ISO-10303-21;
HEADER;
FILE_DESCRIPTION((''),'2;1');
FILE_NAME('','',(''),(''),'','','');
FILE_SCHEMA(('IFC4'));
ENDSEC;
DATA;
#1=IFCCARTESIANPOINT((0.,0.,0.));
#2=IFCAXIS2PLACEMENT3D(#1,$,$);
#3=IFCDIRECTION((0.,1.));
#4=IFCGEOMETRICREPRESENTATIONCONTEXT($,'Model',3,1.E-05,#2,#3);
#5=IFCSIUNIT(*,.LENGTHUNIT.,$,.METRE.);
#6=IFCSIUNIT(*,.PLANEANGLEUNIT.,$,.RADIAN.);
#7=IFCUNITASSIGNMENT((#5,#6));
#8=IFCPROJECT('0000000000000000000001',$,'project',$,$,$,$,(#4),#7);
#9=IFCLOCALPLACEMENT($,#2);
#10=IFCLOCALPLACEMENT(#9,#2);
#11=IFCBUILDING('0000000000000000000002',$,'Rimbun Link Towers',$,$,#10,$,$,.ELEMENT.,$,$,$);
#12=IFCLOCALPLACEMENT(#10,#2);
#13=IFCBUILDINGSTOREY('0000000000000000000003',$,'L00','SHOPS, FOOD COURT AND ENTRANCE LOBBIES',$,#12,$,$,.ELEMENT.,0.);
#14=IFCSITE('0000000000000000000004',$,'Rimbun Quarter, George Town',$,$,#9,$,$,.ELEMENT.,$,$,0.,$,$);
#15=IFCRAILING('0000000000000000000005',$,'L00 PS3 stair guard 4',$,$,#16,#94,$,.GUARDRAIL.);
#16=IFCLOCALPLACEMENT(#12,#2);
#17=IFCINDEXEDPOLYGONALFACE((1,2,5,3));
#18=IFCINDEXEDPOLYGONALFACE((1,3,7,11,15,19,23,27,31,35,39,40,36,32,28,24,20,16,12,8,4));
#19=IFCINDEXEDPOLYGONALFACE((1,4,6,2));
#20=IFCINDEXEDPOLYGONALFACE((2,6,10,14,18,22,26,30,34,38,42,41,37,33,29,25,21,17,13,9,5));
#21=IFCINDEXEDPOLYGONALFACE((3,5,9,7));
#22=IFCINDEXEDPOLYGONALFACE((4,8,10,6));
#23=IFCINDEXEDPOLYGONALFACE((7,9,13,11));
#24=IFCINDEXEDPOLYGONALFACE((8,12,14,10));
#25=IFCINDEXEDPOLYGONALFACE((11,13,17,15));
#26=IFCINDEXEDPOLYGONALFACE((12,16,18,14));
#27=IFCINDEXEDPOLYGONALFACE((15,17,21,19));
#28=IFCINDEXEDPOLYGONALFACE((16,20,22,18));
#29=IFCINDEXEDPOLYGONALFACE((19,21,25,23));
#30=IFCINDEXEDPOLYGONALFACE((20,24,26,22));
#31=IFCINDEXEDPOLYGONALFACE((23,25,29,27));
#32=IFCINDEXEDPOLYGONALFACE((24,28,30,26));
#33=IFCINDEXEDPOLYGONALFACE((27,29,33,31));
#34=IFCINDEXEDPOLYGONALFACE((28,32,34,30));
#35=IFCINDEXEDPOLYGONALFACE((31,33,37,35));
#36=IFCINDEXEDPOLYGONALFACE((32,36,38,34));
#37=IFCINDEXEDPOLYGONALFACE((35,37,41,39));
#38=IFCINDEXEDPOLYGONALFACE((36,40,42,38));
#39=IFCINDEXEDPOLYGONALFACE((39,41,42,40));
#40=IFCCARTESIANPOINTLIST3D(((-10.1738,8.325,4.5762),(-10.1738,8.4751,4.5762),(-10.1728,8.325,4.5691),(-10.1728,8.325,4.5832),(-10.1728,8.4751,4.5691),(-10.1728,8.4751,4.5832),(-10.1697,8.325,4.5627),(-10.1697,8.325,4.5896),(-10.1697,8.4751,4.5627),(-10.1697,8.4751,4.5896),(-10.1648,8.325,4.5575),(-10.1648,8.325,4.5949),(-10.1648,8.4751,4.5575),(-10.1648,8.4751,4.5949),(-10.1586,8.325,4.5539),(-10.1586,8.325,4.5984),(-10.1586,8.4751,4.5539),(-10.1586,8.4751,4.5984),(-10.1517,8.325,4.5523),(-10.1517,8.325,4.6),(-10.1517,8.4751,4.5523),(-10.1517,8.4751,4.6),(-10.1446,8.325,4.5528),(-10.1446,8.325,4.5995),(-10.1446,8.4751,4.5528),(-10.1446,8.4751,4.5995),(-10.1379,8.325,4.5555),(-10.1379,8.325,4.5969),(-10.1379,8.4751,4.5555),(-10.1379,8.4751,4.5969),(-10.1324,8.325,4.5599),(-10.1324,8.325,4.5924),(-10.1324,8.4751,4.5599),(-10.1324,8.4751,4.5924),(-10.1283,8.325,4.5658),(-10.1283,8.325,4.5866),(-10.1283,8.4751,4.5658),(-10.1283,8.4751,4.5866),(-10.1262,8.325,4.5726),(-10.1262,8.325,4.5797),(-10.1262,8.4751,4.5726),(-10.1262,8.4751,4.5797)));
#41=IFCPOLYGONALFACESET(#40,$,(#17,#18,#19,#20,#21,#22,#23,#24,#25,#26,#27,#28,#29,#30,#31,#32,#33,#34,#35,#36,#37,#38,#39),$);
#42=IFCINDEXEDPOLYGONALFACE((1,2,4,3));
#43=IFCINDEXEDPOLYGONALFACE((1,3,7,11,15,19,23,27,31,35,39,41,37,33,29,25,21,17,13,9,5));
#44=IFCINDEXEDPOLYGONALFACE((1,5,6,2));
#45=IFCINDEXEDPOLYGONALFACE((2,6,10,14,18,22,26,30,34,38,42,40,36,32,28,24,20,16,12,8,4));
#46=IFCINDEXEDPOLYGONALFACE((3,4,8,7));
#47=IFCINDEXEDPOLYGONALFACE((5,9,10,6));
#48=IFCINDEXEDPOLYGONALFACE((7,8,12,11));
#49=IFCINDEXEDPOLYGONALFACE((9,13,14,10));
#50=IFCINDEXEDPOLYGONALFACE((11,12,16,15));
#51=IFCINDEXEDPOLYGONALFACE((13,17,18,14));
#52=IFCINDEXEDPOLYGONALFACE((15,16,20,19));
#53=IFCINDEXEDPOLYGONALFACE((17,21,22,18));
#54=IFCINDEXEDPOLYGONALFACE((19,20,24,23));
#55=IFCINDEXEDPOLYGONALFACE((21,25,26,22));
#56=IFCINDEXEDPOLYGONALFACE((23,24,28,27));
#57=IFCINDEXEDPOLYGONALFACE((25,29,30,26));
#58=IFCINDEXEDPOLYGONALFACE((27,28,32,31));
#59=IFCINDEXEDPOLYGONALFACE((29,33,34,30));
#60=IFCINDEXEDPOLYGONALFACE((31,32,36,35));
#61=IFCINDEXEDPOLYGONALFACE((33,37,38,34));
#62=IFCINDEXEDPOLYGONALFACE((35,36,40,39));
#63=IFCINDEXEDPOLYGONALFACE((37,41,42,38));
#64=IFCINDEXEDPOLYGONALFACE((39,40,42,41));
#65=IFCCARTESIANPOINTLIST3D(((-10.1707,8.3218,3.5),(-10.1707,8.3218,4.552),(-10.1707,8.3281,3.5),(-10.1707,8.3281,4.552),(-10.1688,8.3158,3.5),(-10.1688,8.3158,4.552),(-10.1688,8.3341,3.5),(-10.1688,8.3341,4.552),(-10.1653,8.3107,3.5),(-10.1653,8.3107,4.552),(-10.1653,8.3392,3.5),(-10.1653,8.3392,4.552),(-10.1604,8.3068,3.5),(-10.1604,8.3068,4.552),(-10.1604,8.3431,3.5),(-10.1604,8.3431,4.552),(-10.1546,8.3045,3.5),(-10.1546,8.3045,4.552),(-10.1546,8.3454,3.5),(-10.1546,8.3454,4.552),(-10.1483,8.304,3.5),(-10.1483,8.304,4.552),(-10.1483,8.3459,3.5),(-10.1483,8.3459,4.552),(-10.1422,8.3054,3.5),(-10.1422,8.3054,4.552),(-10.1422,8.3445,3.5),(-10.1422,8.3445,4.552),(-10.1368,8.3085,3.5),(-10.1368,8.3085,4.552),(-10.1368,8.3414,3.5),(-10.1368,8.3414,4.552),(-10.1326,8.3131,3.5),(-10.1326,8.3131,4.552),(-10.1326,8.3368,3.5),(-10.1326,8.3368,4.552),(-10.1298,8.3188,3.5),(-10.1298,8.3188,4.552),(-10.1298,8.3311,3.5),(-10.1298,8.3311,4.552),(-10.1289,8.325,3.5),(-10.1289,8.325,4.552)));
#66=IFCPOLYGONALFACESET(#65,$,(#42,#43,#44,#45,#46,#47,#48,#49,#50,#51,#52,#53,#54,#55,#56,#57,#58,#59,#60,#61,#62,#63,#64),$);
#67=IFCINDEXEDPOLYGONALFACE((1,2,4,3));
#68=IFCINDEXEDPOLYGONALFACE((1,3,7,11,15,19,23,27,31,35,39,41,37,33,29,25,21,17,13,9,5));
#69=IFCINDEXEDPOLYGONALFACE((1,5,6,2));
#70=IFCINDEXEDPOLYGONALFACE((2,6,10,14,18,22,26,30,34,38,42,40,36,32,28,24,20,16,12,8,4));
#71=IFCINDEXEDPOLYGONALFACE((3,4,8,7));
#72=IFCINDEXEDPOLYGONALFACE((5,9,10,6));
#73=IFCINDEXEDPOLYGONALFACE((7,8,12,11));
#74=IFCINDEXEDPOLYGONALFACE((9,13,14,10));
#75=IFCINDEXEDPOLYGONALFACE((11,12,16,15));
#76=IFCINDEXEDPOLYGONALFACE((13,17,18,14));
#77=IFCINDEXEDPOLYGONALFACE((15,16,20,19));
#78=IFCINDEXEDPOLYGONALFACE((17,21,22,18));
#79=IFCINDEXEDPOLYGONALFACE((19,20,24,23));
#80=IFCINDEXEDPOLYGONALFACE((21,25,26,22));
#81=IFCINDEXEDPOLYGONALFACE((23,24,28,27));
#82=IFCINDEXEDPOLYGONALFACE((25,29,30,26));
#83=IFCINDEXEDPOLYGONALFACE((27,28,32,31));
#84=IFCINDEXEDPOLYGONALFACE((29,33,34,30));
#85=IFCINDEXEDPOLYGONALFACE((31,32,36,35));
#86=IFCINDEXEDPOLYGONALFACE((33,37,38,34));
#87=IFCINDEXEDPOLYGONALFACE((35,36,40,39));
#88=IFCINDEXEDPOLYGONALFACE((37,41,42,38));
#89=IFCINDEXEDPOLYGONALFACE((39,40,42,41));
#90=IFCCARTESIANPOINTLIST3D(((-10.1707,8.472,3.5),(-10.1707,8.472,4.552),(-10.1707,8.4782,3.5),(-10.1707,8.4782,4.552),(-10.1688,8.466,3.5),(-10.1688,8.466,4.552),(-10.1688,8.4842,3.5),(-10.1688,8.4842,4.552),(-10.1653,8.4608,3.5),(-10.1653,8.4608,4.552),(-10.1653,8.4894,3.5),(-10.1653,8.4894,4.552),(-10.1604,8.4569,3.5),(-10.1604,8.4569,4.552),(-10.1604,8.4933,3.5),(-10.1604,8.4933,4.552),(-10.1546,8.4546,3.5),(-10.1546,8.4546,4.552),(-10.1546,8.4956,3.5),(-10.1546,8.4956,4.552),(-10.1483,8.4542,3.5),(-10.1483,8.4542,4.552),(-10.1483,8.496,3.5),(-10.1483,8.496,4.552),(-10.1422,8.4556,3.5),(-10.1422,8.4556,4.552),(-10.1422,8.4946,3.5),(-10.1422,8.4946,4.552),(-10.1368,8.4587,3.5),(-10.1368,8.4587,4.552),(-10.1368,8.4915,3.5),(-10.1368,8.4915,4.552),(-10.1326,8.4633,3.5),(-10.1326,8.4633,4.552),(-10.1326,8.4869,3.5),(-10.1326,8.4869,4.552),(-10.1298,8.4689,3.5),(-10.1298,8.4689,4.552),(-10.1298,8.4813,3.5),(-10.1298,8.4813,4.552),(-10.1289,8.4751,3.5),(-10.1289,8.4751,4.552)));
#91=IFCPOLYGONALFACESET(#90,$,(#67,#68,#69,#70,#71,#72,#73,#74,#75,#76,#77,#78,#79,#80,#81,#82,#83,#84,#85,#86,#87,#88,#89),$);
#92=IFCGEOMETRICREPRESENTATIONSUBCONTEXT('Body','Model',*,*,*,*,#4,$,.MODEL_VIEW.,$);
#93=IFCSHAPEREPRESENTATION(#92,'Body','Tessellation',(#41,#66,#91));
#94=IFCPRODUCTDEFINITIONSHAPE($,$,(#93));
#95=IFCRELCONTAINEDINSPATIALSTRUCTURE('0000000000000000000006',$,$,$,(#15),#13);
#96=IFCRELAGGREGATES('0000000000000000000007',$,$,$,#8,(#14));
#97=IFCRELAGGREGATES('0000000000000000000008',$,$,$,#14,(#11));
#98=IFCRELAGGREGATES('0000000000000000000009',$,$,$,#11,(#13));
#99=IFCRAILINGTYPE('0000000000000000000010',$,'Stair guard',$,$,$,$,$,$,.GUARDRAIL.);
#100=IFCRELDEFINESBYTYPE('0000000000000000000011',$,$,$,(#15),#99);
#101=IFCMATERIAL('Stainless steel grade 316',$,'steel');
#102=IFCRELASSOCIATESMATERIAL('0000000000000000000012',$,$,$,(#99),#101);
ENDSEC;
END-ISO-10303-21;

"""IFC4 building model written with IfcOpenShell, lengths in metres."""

from ifc_helpers import new_model, si_unit, direction, frame, origin, origin_2d, place, context, subcontext, project, spatial, circle, extrude, material, type_object, element, save


model = new_model("IFC4")

# Units and contexts
model_context = context("Model", 3, precision=1e-05, world=origin(), true_north=direction((0.0, 1.0)))
body_context = subcontext(model_context, "Body", "Model", "MODEL_VIEW")
ifc_project = project(units=[si_unit("LENGTHUNIT", "METRE"), si_unit("PLANEANGLEUNIT", "RADIAN")], contexts=[model_context])

# Site, building, storey
site_placement = place(None, origin())
site = spatial("IfcSite", under=ifc_project, at=site_placement, Name="Rimbun Quarter, George Town", CompositionType="ELEMENT", RefElevation=0.0)
building_placement = place(site_placement, origin())
building = spatial("IfcBuilding", under=site, at=building_placement, Name="Rimbun Link Towers", CompositionType="ELEMENT")
storey_placement = place(building_placement, origin())
storey = spatial("IfcBuildingStorey", under=building, at=storey_placement, Name="L00", Description="SHOPS, FOOD COURT AND ENTRANCE LOBBIES", CompositionType="ELEMENT", Elevation=0.0)

# Railing
ifc_material_1 = material(Name="Stainless steel grade 316", Category="steel")
railing_type_1 = type_object("IfcRailingType", Name="Stair guard", PredefinedType="GUARDRAIL", material=ifc_material_1)
railing_1_placement = place(storey_placement, frame((-10.1499, 8.325, 3.5)))
element("IfcRailing", 1, at=railing_1_placement, inside=storey, type_object=railing_type_1, Name="L00 PS3 stair guard 4", PredefinedType="GUARDRAIL", context=body_context, shape_type="SweptSolid", body=[
    extrude(circle(Radius=0.0239, at=origin_2d()), frame((0.0, 0.0, 1.0762), z_axis=(0.0, 1.0, 0.0), x_axis=(-1.0, 0.0, 0.0)), (0.0, 0.0, 1.0), 0.1501),
    extrude(circle(Radius=0.021, at=origin_2d()), origin(), (0.0, 0.0, 1.0), 1.052),
    extrude(circle(Radius=0.021, at=origin_2d()), frame((0.0, 0.1501, 0.0)), (0.0, 0.0, 1.0), 1.052),
])

save(model, "model.ifc")
